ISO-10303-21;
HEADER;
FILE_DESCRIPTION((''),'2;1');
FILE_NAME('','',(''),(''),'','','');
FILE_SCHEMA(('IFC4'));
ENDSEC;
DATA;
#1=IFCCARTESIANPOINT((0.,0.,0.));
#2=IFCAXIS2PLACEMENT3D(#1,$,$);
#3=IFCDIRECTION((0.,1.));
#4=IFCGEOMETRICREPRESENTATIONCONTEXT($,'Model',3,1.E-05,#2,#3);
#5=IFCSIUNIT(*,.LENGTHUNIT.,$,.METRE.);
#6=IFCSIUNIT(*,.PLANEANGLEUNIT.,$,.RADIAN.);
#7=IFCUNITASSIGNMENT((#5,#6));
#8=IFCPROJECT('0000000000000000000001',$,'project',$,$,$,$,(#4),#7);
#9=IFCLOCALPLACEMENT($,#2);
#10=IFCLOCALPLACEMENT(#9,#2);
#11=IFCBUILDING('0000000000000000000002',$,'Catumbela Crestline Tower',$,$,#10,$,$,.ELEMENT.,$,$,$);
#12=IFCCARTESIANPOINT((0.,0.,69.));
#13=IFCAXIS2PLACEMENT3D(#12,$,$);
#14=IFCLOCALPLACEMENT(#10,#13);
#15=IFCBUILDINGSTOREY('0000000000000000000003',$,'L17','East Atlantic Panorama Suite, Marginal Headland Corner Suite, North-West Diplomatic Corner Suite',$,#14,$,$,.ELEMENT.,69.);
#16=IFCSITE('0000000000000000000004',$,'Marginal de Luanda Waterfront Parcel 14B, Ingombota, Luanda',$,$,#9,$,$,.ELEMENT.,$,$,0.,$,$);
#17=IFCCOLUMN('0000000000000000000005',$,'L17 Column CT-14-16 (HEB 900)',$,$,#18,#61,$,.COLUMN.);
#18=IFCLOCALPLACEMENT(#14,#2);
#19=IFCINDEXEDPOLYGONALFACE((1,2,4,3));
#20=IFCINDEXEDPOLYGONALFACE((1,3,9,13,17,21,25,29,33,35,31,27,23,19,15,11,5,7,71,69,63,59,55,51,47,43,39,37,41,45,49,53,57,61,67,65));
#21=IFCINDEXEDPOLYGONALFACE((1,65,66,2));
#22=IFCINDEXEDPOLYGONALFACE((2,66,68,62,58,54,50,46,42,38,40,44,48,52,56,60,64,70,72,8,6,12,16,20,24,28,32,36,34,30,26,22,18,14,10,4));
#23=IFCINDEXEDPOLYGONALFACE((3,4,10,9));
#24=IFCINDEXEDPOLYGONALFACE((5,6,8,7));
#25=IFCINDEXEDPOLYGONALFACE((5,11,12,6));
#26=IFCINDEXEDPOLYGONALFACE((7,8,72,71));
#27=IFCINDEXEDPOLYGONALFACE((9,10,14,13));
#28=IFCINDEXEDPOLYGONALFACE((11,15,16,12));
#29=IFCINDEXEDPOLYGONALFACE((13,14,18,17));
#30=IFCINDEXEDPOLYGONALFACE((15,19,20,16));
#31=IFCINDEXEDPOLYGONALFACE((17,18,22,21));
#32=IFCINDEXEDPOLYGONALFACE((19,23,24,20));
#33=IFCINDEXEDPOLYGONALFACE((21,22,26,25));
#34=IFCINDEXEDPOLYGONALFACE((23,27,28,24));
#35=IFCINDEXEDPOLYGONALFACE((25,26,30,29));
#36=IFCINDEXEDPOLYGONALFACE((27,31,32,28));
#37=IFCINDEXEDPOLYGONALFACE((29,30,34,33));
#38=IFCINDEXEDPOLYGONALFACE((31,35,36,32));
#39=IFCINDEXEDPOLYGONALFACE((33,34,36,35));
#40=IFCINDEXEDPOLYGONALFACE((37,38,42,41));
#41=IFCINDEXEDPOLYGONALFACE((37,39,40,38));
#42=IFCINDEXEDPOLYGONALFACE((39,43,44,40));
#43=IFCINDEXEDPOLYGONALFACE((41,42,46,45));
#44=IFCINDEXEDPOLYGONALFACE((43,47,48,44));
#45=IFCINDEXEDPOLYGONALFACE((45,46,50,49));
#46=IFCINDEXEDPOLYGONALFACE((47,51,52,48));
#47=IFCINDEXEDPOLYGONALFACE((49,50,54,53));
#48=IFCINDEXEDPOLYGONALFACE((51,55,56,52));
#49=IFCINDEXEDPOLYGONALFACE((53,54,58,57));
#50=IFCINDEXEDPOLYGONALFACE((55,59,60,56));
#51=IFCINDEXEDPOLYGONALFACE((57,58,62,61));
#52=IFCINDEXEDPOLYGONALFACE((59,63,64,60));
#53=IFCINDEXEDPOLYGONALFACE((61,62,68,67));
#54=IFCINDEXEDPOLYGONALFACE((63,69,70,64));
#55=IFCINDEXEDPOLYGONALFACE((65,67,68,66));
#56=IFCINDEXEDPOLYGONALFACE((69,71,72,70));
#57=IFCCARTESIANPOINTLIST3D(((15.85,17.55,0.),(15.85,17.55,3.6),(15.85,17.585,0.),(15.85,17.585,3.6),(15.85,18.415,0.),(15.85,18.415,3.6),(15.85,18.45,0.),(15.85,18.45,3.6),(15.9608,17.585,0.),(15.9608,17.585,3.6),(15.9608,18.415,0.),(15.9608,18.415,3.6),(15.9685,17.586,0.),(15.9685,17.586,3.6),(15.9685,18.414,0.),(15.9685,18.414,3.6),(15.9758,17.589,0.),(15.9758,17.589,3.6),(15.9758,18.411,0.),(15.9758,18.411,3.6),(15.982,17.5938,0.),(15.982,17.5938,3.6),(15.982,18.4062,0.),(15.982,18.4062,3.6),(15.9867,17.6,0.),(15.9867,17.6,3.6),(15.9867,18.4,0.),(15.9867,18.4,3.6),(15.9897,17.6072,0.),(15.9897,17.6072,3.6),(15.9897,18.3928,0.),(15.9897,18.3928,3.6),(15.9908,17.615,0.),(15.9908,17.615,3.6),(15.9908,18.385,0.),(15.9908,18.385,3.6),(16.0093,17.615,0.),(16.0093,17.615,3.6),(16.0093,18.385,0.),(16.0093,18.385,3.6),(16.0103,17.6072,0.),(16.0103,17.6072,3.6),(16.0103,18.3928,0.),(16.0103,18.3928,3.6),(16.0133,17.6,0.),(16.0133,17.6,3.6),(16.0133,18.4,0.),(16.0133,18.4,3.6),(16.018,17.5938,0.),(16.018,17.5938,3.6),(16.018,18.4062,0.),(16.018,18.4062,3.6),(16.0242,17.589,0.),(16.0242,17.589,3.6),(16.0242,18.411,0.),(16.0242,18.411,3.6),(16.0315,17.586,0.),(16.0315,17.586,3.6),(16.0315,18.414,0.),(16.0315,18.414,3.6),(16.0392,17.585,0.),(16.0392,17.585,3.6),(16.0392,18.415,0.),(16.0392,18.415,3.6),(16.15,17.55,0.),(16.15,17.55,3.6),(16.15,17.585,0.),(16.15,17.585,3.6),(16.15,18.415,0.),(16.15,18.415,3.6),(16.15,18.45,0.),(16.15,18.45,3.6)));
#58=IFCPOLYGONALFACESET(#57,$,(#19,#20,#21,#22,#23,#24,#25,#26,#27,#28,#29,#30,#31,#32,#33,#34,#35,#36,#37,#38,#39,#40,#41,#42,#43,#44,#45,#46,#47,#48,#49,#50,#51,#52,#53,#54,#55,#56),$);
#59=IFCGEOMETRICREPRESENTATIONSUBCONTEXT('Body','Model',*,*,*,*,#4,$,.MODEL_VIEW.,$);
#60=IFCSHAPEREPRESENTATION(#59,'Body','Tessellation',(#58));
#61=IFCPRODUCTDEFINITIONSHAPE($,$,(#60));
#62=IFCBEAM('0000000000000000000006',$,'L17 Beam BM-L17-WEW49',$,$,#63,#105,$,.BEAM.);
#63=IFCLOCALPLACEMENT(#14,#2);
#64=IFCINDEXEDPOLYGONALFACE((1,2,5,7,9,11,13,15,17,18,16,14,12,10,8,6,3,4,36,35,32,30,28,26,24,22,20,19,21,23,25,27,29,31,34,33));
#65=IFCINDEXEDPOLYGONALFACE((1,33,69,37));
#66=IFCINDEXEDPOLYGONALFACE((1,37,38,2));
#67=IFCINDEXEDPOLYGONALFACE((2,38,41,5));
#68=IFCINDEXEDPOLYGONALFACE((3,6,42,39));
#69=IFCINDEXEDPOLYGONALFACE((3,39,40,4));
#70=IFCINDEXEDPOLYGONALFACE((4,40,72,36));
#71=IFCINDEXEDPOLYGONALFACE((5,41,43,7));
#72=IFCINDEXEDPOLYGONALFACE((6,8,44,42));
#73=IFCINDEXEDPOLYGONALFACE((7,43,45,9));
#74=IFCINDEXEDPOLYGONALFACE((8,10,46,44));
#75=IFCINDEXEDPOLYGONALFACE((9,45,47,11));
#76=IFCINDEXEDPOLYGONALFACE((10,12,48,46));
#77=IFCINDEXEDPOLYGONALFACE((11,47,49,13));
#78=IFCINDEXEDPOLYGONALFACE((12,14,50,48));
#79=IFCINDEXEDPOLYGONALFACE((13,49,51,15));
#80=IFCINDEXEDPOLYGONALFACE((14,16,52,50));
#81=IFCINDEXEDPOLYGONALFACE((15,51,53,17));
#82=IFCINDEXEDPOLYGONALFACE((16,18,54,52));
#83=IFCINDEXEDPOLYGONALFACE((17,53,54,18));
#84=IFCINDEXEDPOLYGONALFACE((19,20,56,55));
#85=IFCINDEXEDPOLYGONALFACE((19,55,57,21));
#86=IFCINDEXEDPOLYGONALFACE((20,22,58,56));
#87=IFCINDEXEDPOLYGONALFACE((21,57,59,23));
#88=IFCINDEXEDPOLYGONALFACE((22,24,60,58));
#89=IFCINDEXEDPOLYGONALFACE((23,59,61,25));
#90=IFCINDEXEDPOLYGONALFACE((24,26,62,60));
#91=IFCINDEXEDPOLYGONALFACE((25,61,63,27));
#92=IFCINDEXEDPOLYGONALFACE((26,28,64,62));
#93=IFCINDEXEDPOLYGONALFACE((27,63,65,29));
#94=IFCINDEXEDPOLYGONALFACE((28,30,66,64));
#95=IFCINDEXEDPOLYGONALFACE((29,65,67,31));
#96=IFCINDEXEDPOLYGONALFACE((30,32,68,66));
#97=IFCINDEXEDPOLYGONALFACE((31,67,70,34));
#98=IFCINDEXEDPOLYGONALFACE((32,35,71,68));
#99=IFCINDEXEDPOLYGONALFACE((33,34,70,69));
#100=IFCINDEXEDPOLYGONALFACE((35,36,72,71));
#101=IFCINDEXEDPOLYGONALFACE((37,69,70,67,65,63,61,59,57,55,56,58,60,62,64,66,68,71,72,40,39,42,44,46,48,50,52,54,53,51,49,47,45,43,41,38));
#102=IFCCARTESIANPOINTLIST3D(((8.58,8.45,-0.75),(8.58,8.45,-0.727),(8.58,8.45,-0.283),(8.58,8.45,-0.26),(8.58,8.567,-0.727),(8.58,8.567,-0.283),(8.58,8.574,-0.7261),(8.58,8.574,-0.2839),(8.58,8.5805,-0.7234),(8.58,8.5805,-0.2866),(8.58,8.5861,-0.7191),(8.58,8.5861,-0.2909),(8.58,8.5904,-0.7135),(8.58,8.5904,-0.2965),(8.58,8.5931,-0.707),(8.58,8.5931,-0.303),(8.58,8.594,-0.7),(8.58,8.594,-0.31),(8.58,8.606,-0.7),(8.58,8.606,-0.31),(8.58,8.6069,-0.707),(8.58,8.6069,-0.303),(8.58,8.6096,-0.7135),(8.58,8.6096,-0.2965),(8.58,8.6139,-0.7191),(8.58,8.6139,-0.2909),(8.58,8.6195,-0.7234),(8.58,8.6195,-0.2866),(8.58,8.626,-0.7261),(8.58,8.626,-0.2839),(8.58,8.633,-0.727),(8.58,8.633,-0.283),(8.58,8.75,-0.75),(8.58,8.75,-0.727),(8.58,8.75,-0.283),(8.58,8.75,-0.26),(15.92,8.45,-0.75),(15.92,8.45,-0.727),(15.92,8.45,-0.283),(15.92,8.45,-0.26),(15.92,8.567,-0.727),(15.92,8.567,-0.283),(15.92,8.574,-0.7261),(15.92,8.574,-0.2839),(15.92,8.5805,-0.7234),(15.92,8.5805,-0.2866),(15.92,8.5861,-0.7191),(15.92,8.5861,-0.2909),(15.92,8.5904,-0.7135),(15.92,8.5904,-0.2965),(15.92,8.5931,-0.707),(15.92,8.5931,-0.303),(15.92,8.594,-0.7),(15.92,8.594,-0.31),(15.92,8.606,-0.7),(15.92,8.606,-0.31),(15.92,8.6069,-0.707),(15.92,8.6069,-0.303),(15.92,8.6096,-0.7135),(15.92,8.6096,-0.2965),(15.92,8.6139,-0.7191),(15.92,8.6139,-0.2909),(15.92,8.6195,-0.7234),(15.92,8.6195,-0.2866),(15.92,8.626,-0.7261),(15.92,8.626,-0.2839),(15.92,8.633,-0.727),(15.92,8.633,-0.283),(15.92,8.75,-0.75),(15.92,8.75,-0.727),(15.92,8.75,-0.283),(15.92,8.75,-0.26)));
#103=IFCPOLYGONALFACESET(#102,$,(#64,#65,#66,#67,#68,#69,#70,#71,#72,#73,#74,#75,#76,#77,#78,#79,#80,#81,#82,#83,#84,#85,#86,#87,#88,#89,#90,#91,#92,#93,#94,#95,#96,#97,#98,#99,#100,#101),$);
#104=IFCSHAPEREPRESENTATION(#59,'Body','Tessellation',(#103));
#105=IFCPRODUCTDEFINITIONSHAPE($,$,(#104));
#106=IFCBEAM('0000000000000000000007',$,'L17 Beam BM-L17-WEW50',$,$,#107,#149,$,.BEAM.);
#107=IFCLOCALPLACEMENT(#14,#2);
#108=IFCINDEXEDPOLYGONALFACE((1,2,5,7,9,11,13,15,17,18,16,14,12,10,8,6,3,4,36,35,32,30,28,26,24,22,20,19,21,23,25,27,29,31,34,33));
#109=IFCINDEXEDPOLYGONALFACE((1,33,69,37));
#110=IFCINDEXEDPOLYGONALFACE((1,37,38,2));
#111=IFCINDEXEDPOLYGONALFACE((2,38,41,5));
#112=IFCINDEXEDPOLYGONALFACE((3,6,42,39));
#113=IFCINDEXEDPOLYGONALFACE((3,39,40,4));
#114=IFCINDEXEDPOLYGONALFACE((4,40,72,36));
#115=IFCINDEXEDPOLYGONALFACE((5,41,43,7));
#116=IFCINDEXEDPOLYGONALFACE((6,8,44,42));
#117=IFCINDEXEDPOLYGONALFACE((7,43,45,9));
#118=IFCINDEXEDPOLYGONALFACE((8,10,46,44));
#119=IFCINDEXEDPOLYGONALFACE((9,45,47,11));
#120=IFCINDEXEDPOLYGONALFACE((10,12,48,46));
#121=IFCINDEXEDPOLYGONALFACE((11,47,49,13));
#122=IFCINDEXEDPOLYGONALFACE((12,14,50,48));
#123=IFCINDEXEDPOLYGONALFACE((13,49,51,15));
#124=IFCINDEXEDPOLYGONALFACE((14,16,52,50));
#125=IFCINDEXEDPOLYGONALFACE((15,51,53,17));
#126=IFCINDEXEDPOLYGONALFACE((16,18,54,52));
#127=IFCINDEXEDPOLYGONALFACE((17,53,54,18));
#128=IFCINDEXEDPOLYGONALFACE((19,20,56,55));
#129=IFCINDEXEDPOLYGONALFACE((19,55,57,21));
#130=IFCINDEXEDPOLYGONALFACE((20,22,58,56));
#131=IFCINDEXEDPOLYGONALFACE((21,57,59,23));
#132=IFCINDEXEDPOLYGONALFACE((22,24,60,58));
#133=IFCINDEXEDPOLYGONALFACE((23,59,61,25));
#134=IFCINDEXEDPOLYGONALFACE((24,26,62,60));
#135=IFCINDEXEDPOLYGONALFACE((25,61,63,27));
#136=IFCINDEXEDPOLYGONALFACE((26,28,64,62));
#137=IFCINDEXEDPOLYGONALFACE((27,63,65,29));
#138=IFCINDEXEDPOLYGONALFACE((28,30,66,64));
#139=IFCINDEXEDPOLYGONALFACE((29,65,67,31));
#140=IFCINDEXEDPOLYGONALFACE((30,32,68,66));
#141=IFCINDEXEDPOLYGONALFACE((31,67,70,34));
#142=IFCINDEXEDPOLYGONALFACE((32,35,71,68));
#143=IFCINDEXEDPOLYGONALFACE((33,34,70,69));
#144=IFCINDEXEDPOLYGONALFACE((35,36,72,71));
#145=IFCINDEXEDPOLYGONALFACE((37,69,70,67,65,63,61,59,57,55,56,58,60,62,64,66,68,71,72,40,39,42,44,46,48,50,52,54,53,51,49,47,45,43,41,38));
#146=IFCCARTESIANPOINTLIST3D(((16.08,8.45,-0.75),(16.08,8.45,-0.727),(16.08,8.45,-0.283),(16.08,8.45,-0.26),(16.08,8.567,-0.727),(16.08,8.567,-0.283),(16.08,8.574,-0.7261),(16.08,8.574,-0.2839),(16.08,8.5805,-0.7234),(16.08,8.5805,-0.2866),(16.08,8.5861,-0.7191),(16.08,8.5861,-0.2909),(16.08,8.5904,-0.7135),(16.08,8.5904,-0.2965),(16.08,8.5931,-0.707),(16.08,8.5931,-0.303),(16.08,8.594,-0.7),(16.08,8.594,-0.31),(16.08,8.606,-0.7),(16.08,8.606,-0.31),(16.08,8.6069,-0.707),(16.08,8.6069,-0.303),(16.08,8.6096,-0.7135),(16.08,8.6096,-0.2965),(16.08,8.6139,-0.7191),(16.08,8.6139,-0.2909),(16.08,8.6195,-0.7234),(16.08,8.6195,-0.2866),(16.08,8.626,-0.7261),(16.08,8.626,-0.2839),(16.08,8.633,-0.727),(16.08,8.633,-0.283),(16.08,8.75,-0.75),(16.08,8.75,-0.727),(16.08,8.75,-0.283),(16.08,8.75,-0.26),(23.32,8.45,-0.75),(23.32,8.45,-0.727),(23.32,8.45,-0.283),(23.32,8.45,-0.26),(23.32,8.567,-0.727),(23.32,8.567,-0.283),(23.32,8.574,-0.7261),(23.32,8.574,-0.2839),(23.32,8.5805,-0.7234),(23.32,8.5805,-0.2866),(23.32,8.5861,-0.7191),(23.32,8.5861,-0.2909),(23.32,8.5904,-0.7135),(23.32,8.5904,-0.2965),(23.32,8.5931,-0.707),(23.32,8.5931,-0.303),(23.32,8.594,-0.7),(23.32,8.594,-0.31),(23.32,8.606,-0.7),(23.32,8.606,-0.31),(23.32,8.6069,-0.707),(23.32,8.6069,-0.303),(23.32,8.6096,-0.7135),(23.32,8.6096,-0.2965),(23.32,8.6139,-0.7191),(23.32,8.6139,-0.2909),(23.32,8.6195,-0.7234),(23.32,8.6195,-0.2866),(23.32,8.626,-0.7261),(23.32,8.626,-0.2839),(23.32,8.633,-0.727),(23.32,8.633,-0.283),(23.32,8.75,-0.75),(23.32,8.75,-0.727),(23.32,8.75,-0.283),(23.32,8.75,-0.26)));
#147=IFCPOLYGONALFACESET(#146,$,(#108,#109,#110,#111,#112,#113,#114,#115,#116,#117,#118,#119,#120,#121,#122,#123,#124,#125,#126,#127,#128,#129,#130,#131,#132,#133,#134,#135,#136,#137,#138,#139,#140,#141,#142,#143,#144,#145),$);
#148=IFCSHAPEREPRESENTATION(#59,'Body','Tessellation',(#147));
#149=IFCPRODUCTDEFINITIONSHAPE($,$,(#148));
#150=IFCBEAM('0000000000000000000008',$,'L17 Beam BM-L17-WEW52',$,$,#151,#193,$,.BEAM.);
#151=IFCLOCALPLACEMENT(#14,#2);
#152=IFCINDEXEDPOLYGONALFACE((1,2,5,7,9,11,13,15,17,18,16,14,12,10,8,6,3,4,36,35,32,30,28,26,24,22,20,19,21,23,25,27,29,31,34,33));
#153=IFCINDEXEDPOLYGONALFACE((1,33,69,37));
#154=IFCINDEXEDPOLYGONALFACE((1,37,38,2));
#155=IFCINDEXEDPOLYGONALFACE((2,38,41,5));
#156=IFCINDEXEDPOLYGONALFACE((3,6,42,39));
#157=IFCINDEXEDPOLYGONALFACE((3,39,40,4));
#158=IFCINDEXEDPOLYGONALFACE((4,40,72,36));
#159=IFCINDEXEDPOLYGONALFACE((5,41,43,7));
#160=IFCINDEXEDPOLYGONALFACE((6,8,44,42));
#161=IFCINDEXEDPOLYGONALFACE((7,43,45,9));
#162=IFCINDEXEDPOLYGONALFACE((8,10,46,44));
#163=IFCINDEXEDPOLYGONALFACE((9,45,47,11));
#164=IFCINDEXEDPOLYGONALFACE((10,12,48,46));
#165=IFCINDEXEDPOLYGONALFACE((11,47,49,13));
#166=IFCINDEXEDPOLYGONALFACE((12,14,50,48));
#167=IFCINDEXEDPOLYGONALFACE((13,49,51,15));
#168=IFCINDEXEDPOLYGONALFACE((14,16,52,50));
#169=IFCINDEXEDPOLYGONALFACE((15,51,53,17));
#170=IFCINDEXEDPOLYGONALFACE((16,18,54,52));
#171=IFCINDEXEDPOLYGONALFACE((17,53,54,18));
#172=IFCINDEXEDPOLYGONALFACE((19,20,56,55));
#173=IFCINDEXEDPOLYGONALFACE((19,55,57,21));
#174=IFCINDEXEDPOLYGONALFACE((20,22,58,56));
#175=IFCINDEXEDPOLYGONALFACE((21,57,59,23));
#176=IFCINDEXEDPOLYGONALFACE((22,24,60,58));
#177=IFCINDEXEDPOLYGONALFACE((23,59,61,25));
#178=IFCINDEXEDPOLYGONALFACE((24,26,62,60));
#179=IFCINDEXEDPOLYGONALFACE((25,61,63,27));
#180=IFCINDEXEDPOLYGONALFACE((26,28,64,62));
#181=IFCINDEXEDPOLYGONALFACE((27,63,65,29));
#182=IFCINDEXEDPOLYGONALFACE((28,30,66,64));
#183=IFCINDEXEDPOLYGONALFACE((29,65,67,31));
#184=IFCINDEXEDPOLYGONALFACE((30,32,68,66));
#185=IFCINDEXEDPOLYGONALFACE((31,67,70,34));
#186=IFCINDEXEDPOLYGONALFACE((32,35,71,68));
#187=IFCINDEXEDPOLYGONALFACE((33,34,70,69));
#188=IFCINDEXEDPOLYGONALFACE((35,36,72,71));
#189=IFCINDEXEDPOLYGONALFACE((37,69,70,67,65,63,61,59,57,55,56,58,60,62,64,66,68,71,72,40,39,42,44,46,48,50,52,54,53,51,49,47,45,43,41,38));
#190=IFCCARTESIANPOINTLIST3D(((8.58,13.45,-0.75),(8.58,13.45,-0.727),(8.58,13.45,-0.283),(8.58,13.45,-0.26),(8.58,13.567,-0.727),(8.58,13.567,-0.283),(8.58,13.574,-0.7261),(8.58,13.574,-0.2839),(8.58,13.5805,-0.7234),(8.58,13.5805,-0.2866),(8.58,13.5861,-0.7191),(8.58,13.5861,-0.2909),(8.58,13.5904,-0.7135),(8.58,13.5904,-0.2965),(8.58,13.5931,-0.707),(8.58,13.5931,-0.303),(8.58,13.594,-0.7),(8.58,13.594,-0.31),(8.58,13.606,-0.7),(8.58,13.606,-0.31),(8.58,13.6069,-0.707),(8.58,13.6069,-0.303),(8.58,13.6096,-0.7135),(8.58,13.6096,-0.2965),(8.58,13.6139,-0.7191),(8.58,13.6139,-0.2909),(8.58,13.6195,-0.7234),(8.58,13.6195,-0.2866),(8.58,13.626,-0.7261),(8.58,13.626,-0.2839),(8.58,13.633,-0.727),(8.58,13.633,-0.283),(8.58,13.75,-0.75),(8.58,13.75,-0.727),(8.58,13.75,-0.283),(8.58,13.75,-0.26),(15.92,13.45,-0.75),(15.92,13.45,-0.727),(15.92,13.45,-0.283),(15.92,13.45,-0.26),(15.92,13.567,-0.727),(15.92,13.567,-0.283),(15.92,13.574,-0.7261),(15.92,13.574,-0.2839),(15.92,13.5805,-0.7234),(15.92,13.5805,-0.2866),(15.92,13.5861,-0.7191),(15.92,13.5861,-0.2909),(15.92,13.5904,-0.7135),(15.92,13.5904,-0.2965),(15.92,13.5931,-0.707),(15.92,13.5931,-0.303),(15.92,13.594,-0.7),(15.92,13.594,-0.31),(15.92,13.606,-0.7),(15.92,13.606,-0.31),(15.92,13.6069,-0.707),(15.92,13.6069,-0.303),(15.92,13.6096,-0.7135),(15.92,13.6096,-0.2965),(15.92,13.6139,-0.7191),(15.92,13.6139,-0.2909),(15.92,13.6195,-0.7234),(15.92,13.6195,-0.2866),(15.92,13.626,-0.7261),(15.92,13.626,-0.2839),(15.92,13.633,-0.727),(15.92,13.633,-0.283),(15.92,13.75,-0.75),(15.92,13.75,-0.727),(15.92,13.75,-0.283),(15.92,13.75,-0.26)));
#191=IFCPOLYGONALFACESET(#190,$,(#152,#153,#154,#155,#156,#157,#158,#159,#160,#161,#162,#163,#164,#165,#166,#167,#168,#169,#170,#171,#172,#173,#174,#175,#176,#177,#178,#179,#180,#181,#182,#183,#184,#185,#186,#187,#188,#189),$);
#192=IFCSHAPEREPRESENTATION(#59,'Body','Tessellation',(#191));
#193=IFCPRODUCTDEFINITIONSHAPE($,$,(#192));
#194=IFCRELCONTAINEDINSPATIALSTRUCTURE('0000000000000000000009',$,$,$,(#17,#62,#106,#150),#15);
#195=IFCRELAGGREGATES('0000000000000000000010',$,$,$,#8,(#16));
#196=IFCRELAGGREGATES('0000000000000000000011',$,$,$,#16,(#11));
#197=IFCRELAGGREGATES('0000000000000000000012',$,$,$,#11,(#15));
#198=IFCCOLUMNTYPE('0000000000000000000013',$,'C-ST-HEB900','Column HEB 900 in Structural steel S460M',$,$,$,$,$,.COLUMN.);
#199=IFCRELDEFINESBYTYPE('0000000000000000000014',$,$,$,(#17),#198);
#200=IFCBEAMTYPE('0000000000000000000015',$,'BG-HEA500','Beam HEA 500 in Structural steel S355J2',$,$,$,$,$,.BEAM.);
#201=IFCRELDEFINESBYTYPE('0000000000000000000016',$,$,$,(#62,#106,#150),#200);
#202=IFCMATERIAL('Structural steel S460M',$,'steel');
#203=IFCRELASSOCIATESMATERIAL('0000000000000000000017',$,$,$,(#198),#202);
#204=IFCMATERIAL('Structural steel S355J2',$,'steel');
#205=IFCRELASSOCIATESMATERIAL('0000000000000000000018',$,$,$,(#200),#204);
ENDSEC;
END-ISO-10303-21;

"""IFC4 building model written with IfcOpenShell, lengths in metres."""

from ifc_helpers import new_model, si_unit, direction, frame, origin, origin_2d, place, context, subcontext, project, spatial, i_section, extrude, material, material_profile, profile_set, type_object, element, save


model = new_model("IFC4")

# Units and contexts
model_context = context("Model", 3, precision=1e-05, world=origin(), true_north=direction((0.0, 1.0)))
body_context = subcontext(model_context, "Body", "Model", "MODEL_VIEW")
ifc_project = project(units=[si_unit("LENGTHUNIT", "METRE"), si_unit("PLANEANGLEUNIT", "RADIAN")], contexts=[model_context])

# Site, building, storey
site_placement = place(None, origin())
site = spatial("IfcSite", under=ifc_project, at=site_placement, Name="Marginal de Luanda Waterfront Parcel 14B, Ingombota, Luanda", CompositionType="ELEMENT", RefElevation=0.0)
building_placement = place(site_placement, origin())
building = spatial("IfcBuilding", under=site, at=building_placement, Name="Catumbela Crestline Tower", CompositionType="ELEMENT")
storey_placement = place(building_placement, frame((0.0, 0.0, 69.0)))
storey = spatial("IfcBuildingStorey", under=building, at=storey_placement, Name="L17", Description="East Atlantic Panorama Suite, Marginal Headland Corner Suite, North-West Diplomatic Corner Suite", CompositionType="ELEMENT", Elevation=69.0)

# Column
ifc_material_1 = material(Name="Structural steel S460M", Category="steel")
ifc_material_profile_1 = material_profile(ifc_material_1, i_section(OverallWidth=0.3, OverallDepth=0.9, WebThickness=0.0185, FlangeThickness=0.035, FilletRadius=0.03, at=origin_2d()), Name="HEB 900")
ifc_profile_set_1 = profile_set([ifc_material_profile_1], Name="Structural steel S460M")
column_type = type_object("IfcColumnType", Name="C-ST-HEB900", Description="Column HEB 900 in Structural steel S460M", PredefinedType="COLUMN", material=ifc_profile_set_1)
for number, where, z_axis, x_axis, name in (
    (1, (16.0, 18.0, 0.0), (0.0, 0.0, 1.0), (1.0, 0.0, 0.0), "L17 Column CT-14-16 (HEB 900)"),
):
    element("IfcColumn", number, at=place(storey_placement, frame(where, z_axis=z_axis, x_axis=x_axis)), inside=storey, type_object=column_type, Name=name, PredefinedType="COLUMN", context=body_context, shape_type="SweptSolid", body=[
        extrude(i_section(OverallWidth=0.3, OverallDepth=0.9, WebThickness=0.0185, FlangeThickness=0.035, FilletRadius=0.03, at=origin_2d()), origin(), (0.0, 0.0, 1.0), 3.6),
    ])

# Beams
ifc_material_2 = material(Name="Structural steel S355J2", Category="steel")
ifc_material_profile_2 = material_profile(ifc_material_2, i_section(OverallWidth=0.3, OverallDepth=0.49, WebThickness=0.012, FlangeThickness=0.023, FilletRadius=0.027, at=origin_2d()), Name="HEA 500")
ifc_profile_set_2 = profile_set([ifc_material_profile_2], Name="Structural steel S355J2")
beam_type_1 = type_object("IfcBeamType", Name="BG-HEA500", Description="Beam HEA 500 in Structural steel S355J2", PredefinedType="BEAM", material=ifc_profile_set_2)
beam_1_placement = place(storey_placement, frame((8.58, 8.6, -0.505), z_axis=(1.0, 0.0, 0.0), x_axis=(0.0, 1.0, 0.0)))
element("IfcBeam", 2, at=beam_1_placement, inside=storey, type_object=beam_type_1, Name="L17 Beam BM-L17-WEW49", PredefinedType="BEAM", context=body_context, shape_type="SweptSolid", body=[
    extrude(i_section(OverallWidth=0.3, OverallDepth=0.49, WebThickness=0.012, FlangeThickness=0.023, FilletRadius=0.027, at=origin_2d()), origin(), (0.0, 0.0, 1.0), 7.34),
])
beam_2_placement = place(storey_placement, frame((16.08, 8.6, -0.505), z_axis=(1.0, 0.0, 0.0), x_axis=(0.0, 1.0, 0.0)))
element("IfcBeam", 3, at=beam_2_placement, inside=storey, type_object=beam_type_1, Name="L17 Beam BM-L17-WEW50", PredefinedType="BEAM", context=body_context, shape_type="SweptSolid", body=[
    extrude(i_section(OverallWidth=0.3, OverallDepth=0.49, WebThickness=0.012, FlangeThickness=0.023, FilletRadius=0.027, at=origin_2d()), origin(), (0.0, 0.0, 1.0), 7.24),
])
beam_3_placement = place(storey_placement, frame((8.58, 13.6, -0.505), z_axis=(1.0, 0.0, 0.0), x_axis=(0.0, 1.0, 0.0)))
element("IfcBeam", 4, at=beam_3_placement, inside=storey, type_object=beam_type_1, Name="L17 Beam BM-L17-WEW52", PredefinedType="BEAM", context=body_context, shape_type="SweptSolid", body=[
    extrude(i_section(OverallWidth=0.3, OverallDepth=0.49, WebThickness=0.012, FlangeThickness=0.023, FilletRadius=0.027, at=origin_2d()), origin(), (0.0, 0.0, 1.0), 7.34),
])

save(model, "model.ifc")
